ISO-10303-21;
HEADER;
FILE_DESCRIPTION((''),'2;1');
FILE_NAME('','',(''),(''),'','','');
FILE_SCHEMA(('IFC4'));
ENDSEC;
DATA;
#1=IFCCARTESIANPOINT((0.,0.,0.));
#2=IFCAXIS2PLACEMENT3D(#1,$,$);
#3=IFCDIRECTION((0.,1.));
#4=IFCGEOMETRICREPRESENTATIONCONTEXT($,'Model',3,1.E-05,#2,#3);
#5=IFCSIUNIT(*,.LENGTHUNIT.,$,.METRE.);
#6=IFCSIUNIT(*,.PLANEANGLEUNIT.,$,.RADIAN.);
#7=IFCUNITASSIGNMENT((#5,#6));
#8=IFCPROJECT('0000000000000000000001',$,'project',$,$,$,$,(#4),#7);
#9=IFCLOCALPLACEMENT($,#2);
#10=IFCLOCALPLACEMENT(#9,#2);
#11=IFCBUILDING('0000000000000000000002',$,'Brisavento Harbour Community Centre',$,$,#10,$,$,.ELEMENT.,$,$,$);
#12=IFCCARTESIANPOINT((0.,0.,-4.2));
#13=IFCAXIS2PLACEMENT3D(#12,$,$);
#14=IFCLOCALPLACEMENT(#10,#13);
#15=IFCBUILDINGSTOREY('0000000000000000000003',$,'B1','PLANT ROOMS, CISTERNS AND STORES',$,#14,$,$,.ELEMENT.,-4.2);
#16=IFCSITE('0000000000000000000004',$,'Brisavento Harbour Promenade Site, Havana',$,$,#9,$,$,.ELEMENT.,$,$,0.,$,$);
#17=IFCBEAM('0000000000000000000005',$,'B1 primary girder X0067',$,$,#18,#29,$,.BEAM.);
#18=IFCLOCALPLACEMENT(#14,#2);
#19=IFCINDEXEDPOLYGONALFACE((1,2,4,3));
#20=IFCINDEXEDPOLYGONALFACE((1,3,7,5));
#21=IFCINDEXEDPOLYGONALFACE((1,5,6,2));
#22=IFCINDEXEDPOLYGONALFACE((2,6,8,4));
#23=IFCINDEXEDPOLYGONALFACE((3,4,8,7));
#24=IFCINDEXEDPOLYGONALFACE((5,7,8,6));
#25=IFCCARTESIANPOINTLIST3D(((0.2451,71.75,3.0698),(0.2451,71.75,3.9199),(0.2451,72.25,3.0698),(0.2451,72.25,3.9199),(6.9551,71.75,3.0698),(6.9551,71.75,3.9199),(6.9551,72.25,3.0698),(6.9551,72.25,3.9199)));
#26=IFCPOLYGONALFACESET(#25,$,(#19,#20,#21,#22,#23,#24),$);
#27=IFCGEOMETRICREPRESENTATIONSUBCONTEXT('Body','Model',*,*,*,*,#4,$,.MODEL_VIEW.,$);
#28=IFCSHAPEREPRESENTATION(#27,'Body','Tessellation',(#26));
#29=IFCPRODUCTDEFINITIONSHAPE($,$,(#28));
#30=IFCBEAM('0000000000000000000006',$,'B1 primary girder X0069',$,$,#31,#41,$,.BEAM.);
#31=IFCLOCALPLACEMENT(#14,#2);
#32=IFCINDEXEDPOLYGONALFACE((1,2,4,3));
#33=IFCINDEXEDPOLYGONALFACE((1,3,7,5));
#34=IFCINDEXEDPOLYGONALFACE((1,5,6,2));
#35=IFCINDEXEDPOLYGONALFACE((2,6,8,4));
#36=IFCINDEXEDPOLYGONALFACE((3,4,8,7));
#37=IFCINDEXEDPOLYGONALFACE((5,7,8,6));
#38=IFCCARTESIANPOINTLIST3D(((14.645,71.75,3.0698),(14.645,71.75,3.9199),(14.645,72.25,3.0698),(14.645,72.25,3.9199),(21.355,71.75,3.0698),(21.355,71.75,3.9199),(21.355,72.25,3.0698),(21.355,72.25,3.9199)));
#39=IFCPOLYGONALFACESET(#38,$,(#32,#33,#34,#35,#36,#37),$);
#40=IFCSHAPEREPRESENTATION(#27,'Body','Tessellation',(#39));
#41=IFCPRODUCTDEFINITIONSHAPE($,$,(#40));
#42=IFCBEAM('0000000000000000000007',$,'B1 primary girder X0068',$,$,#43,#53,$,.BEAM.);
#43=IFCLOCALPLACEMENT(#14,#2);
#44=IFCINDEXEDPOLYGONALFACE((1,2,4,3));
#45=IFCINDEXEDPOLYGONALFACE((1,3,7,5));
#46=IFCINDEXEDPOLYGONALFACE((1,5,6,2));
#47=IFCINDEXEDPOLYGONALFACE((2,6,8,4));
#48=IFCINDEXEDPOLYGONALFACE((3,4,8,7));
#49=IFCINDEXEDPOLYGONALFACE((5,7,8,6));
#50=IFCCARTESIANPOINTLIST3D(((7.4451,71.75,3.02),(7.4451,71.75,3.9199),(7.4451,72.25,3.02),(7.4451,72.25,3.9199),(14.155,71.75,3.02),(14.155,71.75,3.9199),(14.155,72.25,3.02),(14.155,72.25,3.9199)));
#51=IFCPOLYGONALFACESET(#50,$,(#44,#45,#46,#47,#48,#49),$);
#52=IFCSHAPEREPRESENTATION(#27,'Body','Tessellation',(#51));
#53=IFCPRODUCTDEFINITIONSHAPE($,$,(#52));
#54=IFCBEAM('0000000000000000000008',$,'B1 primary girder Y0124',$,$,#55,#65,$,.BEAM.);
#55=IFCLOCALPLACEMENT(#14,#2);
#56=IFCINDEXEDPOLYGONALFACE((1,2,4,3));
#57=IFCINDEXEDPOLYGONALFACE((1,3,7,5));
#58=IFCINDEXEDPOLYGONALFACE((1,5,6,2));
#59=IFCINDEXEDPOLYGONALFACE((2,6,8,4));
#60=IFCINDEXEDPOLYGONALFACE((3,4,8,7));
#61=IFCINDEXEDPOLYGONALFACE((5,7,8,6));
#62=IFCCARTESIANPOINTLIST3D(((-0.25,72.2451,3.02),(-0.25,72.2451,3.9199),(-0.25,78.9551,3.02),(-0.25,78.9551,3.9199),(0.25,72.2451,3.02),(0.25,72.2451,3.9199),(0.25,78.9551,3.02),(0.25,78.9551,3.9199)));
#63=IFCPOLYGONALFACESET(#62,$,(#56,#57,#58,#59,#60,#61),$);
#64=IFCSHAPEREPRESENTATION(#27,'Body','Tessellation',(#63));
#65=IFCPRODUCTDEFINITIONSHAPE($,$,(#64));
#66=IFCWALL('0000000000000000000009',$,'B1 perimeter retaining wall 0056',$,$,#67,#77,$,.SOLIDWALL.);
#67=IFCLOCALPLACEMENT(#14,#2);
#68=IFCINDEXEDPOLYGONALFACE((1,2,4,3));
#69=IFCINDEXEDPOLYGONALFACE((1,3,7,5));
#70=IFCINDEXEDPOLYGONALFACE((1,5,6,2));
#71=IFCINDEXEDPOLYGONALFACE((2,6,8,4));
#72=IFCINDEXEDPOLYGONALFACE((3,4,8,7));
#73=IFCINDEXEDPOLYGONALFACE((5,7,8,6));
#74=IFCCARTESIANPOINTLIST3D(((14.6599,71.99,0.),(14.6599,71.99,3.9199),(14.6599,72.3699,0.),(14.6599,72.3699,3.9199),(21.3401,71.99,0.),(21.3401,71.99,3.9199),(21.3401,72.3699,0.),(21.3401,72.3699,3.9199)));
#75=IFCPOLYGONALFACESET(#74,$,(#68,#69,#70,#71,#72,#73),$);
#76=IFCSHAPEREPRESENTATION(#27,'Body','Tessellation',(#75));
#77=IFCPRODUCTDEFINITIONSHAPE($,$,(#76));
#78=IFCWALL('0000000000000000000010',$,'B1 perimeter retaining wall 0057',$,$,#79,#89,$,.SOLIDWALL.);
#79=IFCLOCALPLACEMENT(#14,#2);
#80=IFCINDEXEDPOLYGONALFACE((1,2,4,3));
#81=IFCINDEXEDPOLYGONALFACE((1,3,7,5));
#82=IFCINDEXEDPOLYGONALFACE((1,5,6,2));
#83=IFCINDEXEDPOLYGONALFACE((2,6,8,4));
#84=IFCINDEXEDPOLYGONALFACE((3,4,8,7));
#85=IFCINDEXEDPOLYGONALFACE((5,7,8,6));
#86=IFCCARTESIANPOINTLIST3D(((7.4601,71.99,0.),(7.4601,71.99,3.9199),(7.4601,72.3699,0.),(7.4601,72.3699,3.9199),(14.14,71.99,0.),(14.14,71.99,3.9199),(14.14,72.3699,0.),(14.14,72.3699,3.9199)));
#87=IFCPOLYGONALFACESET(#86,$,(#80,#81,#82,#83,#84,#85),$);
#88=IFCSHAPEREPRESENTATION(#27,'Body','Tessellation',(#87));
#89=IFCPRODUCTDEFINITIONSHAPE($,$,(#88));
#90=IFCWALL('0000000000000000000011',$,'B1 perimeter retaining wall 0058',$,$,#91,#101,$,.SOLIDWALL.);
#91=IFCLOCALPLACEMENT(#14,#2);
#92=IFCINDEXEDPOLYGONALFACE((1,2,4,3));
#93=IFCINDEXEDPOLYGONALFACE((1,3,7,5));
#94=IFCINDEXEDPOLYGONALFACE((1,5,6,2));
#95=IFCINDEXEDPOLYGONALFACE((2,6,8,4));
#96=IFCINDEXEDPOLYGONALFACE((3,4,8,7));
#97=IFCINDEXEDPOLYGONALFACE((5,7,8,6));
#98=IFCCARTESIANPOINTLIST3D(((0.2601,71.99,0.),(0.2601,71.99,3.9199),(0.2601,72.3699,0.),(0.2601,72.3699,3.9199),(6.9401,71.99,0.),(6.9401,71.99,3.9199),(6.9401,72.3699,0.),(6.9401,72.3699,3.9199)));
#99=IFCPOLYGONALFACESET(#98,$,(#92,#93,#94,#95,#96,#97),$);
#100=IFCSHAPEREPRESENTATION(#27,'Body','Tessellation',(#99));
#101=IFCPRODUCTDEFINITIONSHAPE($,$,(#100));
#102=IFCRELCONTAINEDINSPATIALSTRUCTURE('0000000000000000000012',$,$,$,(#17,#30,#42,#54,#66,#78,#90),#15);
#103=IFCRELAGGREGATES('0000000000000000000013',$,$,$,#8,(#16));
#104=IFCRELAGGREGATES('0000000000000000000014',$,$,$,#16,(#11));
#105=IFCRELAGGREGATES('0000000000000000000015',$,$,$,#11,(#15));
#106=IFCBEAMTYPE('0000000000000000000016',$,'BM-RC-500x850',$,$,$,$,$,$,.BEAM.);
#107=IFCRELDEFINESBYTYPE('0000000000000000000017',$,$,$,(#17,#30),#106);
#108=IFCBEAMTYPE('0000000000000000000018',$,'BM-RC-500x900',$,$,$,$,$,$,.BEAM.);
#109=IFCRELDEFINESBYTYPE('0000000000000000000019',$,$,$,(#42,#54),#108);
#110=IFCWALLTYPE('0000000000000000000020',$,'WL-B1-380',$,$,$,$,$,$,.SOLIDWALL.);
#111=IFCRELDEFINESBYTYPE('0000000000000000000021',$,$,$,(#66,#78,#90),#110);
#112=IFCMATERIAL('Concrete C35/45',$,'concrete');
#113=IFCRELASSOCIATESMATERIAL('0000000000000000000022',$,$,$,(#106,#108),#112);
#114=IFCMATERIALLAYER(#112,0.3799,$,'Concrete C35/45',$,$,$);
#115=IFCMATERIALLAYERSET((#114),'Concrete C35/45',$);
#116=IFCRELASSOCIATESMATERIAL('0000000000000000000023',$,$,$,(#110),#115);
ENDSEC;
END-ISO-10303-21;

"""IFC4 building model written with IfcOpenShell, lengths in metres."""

from ifc_helpers import new_model, si_unit, direction, frame, frame_2d, origin, origin_2d, place, context, subcontext, project, spatial, rectangle, extrude, material, layer, layer_set, material_profile, profile_set, type_object, element, save


model = new_model("IFC4")

# Units and contexts
model_context = context("Model", 3, precision=1e-05, world=origin(), true_north=direction((0.0, 1.0)))
body_context = subcontext(model_context, "Body", "Model", "MODEL_VIEW")
ifc_project = project(units=[si_unit("LENGTHUNIT", "METRE"), si_unit("PLANEANGLEUNIT", "RADIAN")], contexts=[model_context])

# Site, building, storey
site_placement = place(None, origin())
site = spatial("IfcSite", under=ifc_project, at=site_placement, Name="Brisavento Harbour Promenade Site, Havana", CompositionType="ELEMENT", RefElevation=0.0)
building_placement = place(site_placement, origin())
building = spatial("IfcBuilding", under=site, at=building_placement, Name="Brisavento Harbour Community Centre", CompositionType="ELEMENT")
storey_placement = place(building_placement, frame((0.0, 0.0, -4.2)))
storey = spatial("IfcBuildingStorey", under=building, at=storey_placement, Name="B1", Description="PLANT ROOMS, CISTERNS AND STORES", CompositionType="ELEMENT", Elevation=-4.2)

# Shared definitions
ifc_material_1 = material(Name="Concrete C35/45", Category="concrete")

# Beams
ifc_material_profile_1 = material_profile(ifc_material_1, rectangle(XDim=0.5, YDim=0.8501, at=origin_2d()), Name="Concrete C35/45")
ifc_profile_set_1 = profile_set([ifc_material_profile_1], Name="Concrete C35/45")
beam_type_1 = type_object("IfcBeamType", Name="BM-RC-500x850", PredefinedType="BEAM", material=ifc_profile_set_1)
for number, where, z_axis, x_axis, name in (
    (1, (0.2451, 72.0, 3.4949), (1.0, 0.0, 0.0), (0.0, 1.0, 0.0), "B1 primary girder X0067"),
    (2, (14.645, 72.0, 3.4949), (1.0, 0.0, 0.0), (0.0, 1.0, 0.0), "B1 primary girder X0069"),
):
    element("IfcBeam", number, at=place(storey_placement, frame(where, z_axis=z_axis, x_axis=x_axis)), inside=storey, type_object=beam_type_1, Name=name, PredefinedType="BEAM", context=body_context, shape_type="SweptSolid", body=[
        extrude(rectangle(XDim=0.5, YDim=0.8501, at=origin_2d()), origin(), (0.0, 0.0, 1.0), 6.71),
    ])
ifc_material_profile_2 = material_profile(ifc_material_1, rectangle(XDim=0.5, YDim=0.8999, at=origin_2d()), Name="Concrete C35/45")
ifc_profile_set_2 = profile_set([ifc_material_profile_2], Name="Concrete C35/45")
beam_type_2 = type_object("IfcBeamType", Name="BM-RC-500x900", PredefinedType="BEAM", material=ifc_profile_set_2)
for number, where, z_axis, x_axis, name in (
    (3, (7.4451, 72.0, 3.47), (1.0, 0.0, 0.0), (0.0, 1.0, 0.0), "B1 primary girder X0068"),
    (4, (0.0, 72.2451, 3.47), (0.0, 1.0, 0.0), (-1.0, 0.0, 0.0), "B1 primary girder Y0124"),
):
    element("IfcBeam", number, at=place(storey_placement, frame(where, z_axis=z_axis, x_axis=x_axis)), inside=storey, type_object=beam_type_2, Name=name, PredefinedType="BEAM", context=body_context, shape_type="SweptSolid", body=[
        extrude(rectangle(XDim=0.5, YDim=0.8999, at=origin_2d()), origin(), (0.0, 0.0, 1.0), 6.71),
    ])

# Walls
ifc_layer = layer(ifc_material_1, 0.3799, Name="Concrete C35/45")
ifc_layer_set = layer_set([ifc_layer], Name="Concrete C35/45")
wall_type = type_object("IfcWallType", Name="WL-B1-380", PredefinedType="SOLIDWALL", material=ifc_layer_set)
wall_placement = place(storey_placement, frame((21.3401, 72.1799, 0.0), z_axis=(0.0, 0.0, 1.0), x_axis=(-1.0, 0.0, 0.0)))
element("IfcWall", 5, at=wall_placement, inside=storey, type_object=wall_type, Name="B1 perimeter retaining wall 0056", PredefinedType="SOLIDWALL", context=body_context, shape_type="SweptSolid", body=[
    extrude(rectangle(XDim=6.6802, YDim=0.3799, at=frame_2d((3.3401, 0.0))), origin(), (0.0, 0.0, 1.0), 3.9199),
])
for number, where, z_axis, x_axis, name in (
    (6, (14.1399, 72.1799, 0.0), (0.0, 0.0, 1.0), (-1.0, 0.0, 0.0), "B1 perimeter retaining wall 0057"),
    (7, (6.9399, 72.1799, 0.0), (0.0, 0.0, 1.0), (-1.0, 0.0, 0.0), "B1 perimeter retaining wall 0058"),
):
    element("IfcWall", number, at=place(storey_placement, frame(where, z_axis=z_axis, x_axis=x_axis)), inside=storey, type_object=wall_type, Name=name, PredefinedType="SOLIDWALL", context=body_context, shape_type="SweptSolid", body=[
        extrude(rectangle(XDim=6.6799, YDim=0.3799, at=frame_2d((3.3398, 0.0))), origin(), (0.0, 0.0, 1.0), 3.9199),
    ])

save(model, "model.ifc")
